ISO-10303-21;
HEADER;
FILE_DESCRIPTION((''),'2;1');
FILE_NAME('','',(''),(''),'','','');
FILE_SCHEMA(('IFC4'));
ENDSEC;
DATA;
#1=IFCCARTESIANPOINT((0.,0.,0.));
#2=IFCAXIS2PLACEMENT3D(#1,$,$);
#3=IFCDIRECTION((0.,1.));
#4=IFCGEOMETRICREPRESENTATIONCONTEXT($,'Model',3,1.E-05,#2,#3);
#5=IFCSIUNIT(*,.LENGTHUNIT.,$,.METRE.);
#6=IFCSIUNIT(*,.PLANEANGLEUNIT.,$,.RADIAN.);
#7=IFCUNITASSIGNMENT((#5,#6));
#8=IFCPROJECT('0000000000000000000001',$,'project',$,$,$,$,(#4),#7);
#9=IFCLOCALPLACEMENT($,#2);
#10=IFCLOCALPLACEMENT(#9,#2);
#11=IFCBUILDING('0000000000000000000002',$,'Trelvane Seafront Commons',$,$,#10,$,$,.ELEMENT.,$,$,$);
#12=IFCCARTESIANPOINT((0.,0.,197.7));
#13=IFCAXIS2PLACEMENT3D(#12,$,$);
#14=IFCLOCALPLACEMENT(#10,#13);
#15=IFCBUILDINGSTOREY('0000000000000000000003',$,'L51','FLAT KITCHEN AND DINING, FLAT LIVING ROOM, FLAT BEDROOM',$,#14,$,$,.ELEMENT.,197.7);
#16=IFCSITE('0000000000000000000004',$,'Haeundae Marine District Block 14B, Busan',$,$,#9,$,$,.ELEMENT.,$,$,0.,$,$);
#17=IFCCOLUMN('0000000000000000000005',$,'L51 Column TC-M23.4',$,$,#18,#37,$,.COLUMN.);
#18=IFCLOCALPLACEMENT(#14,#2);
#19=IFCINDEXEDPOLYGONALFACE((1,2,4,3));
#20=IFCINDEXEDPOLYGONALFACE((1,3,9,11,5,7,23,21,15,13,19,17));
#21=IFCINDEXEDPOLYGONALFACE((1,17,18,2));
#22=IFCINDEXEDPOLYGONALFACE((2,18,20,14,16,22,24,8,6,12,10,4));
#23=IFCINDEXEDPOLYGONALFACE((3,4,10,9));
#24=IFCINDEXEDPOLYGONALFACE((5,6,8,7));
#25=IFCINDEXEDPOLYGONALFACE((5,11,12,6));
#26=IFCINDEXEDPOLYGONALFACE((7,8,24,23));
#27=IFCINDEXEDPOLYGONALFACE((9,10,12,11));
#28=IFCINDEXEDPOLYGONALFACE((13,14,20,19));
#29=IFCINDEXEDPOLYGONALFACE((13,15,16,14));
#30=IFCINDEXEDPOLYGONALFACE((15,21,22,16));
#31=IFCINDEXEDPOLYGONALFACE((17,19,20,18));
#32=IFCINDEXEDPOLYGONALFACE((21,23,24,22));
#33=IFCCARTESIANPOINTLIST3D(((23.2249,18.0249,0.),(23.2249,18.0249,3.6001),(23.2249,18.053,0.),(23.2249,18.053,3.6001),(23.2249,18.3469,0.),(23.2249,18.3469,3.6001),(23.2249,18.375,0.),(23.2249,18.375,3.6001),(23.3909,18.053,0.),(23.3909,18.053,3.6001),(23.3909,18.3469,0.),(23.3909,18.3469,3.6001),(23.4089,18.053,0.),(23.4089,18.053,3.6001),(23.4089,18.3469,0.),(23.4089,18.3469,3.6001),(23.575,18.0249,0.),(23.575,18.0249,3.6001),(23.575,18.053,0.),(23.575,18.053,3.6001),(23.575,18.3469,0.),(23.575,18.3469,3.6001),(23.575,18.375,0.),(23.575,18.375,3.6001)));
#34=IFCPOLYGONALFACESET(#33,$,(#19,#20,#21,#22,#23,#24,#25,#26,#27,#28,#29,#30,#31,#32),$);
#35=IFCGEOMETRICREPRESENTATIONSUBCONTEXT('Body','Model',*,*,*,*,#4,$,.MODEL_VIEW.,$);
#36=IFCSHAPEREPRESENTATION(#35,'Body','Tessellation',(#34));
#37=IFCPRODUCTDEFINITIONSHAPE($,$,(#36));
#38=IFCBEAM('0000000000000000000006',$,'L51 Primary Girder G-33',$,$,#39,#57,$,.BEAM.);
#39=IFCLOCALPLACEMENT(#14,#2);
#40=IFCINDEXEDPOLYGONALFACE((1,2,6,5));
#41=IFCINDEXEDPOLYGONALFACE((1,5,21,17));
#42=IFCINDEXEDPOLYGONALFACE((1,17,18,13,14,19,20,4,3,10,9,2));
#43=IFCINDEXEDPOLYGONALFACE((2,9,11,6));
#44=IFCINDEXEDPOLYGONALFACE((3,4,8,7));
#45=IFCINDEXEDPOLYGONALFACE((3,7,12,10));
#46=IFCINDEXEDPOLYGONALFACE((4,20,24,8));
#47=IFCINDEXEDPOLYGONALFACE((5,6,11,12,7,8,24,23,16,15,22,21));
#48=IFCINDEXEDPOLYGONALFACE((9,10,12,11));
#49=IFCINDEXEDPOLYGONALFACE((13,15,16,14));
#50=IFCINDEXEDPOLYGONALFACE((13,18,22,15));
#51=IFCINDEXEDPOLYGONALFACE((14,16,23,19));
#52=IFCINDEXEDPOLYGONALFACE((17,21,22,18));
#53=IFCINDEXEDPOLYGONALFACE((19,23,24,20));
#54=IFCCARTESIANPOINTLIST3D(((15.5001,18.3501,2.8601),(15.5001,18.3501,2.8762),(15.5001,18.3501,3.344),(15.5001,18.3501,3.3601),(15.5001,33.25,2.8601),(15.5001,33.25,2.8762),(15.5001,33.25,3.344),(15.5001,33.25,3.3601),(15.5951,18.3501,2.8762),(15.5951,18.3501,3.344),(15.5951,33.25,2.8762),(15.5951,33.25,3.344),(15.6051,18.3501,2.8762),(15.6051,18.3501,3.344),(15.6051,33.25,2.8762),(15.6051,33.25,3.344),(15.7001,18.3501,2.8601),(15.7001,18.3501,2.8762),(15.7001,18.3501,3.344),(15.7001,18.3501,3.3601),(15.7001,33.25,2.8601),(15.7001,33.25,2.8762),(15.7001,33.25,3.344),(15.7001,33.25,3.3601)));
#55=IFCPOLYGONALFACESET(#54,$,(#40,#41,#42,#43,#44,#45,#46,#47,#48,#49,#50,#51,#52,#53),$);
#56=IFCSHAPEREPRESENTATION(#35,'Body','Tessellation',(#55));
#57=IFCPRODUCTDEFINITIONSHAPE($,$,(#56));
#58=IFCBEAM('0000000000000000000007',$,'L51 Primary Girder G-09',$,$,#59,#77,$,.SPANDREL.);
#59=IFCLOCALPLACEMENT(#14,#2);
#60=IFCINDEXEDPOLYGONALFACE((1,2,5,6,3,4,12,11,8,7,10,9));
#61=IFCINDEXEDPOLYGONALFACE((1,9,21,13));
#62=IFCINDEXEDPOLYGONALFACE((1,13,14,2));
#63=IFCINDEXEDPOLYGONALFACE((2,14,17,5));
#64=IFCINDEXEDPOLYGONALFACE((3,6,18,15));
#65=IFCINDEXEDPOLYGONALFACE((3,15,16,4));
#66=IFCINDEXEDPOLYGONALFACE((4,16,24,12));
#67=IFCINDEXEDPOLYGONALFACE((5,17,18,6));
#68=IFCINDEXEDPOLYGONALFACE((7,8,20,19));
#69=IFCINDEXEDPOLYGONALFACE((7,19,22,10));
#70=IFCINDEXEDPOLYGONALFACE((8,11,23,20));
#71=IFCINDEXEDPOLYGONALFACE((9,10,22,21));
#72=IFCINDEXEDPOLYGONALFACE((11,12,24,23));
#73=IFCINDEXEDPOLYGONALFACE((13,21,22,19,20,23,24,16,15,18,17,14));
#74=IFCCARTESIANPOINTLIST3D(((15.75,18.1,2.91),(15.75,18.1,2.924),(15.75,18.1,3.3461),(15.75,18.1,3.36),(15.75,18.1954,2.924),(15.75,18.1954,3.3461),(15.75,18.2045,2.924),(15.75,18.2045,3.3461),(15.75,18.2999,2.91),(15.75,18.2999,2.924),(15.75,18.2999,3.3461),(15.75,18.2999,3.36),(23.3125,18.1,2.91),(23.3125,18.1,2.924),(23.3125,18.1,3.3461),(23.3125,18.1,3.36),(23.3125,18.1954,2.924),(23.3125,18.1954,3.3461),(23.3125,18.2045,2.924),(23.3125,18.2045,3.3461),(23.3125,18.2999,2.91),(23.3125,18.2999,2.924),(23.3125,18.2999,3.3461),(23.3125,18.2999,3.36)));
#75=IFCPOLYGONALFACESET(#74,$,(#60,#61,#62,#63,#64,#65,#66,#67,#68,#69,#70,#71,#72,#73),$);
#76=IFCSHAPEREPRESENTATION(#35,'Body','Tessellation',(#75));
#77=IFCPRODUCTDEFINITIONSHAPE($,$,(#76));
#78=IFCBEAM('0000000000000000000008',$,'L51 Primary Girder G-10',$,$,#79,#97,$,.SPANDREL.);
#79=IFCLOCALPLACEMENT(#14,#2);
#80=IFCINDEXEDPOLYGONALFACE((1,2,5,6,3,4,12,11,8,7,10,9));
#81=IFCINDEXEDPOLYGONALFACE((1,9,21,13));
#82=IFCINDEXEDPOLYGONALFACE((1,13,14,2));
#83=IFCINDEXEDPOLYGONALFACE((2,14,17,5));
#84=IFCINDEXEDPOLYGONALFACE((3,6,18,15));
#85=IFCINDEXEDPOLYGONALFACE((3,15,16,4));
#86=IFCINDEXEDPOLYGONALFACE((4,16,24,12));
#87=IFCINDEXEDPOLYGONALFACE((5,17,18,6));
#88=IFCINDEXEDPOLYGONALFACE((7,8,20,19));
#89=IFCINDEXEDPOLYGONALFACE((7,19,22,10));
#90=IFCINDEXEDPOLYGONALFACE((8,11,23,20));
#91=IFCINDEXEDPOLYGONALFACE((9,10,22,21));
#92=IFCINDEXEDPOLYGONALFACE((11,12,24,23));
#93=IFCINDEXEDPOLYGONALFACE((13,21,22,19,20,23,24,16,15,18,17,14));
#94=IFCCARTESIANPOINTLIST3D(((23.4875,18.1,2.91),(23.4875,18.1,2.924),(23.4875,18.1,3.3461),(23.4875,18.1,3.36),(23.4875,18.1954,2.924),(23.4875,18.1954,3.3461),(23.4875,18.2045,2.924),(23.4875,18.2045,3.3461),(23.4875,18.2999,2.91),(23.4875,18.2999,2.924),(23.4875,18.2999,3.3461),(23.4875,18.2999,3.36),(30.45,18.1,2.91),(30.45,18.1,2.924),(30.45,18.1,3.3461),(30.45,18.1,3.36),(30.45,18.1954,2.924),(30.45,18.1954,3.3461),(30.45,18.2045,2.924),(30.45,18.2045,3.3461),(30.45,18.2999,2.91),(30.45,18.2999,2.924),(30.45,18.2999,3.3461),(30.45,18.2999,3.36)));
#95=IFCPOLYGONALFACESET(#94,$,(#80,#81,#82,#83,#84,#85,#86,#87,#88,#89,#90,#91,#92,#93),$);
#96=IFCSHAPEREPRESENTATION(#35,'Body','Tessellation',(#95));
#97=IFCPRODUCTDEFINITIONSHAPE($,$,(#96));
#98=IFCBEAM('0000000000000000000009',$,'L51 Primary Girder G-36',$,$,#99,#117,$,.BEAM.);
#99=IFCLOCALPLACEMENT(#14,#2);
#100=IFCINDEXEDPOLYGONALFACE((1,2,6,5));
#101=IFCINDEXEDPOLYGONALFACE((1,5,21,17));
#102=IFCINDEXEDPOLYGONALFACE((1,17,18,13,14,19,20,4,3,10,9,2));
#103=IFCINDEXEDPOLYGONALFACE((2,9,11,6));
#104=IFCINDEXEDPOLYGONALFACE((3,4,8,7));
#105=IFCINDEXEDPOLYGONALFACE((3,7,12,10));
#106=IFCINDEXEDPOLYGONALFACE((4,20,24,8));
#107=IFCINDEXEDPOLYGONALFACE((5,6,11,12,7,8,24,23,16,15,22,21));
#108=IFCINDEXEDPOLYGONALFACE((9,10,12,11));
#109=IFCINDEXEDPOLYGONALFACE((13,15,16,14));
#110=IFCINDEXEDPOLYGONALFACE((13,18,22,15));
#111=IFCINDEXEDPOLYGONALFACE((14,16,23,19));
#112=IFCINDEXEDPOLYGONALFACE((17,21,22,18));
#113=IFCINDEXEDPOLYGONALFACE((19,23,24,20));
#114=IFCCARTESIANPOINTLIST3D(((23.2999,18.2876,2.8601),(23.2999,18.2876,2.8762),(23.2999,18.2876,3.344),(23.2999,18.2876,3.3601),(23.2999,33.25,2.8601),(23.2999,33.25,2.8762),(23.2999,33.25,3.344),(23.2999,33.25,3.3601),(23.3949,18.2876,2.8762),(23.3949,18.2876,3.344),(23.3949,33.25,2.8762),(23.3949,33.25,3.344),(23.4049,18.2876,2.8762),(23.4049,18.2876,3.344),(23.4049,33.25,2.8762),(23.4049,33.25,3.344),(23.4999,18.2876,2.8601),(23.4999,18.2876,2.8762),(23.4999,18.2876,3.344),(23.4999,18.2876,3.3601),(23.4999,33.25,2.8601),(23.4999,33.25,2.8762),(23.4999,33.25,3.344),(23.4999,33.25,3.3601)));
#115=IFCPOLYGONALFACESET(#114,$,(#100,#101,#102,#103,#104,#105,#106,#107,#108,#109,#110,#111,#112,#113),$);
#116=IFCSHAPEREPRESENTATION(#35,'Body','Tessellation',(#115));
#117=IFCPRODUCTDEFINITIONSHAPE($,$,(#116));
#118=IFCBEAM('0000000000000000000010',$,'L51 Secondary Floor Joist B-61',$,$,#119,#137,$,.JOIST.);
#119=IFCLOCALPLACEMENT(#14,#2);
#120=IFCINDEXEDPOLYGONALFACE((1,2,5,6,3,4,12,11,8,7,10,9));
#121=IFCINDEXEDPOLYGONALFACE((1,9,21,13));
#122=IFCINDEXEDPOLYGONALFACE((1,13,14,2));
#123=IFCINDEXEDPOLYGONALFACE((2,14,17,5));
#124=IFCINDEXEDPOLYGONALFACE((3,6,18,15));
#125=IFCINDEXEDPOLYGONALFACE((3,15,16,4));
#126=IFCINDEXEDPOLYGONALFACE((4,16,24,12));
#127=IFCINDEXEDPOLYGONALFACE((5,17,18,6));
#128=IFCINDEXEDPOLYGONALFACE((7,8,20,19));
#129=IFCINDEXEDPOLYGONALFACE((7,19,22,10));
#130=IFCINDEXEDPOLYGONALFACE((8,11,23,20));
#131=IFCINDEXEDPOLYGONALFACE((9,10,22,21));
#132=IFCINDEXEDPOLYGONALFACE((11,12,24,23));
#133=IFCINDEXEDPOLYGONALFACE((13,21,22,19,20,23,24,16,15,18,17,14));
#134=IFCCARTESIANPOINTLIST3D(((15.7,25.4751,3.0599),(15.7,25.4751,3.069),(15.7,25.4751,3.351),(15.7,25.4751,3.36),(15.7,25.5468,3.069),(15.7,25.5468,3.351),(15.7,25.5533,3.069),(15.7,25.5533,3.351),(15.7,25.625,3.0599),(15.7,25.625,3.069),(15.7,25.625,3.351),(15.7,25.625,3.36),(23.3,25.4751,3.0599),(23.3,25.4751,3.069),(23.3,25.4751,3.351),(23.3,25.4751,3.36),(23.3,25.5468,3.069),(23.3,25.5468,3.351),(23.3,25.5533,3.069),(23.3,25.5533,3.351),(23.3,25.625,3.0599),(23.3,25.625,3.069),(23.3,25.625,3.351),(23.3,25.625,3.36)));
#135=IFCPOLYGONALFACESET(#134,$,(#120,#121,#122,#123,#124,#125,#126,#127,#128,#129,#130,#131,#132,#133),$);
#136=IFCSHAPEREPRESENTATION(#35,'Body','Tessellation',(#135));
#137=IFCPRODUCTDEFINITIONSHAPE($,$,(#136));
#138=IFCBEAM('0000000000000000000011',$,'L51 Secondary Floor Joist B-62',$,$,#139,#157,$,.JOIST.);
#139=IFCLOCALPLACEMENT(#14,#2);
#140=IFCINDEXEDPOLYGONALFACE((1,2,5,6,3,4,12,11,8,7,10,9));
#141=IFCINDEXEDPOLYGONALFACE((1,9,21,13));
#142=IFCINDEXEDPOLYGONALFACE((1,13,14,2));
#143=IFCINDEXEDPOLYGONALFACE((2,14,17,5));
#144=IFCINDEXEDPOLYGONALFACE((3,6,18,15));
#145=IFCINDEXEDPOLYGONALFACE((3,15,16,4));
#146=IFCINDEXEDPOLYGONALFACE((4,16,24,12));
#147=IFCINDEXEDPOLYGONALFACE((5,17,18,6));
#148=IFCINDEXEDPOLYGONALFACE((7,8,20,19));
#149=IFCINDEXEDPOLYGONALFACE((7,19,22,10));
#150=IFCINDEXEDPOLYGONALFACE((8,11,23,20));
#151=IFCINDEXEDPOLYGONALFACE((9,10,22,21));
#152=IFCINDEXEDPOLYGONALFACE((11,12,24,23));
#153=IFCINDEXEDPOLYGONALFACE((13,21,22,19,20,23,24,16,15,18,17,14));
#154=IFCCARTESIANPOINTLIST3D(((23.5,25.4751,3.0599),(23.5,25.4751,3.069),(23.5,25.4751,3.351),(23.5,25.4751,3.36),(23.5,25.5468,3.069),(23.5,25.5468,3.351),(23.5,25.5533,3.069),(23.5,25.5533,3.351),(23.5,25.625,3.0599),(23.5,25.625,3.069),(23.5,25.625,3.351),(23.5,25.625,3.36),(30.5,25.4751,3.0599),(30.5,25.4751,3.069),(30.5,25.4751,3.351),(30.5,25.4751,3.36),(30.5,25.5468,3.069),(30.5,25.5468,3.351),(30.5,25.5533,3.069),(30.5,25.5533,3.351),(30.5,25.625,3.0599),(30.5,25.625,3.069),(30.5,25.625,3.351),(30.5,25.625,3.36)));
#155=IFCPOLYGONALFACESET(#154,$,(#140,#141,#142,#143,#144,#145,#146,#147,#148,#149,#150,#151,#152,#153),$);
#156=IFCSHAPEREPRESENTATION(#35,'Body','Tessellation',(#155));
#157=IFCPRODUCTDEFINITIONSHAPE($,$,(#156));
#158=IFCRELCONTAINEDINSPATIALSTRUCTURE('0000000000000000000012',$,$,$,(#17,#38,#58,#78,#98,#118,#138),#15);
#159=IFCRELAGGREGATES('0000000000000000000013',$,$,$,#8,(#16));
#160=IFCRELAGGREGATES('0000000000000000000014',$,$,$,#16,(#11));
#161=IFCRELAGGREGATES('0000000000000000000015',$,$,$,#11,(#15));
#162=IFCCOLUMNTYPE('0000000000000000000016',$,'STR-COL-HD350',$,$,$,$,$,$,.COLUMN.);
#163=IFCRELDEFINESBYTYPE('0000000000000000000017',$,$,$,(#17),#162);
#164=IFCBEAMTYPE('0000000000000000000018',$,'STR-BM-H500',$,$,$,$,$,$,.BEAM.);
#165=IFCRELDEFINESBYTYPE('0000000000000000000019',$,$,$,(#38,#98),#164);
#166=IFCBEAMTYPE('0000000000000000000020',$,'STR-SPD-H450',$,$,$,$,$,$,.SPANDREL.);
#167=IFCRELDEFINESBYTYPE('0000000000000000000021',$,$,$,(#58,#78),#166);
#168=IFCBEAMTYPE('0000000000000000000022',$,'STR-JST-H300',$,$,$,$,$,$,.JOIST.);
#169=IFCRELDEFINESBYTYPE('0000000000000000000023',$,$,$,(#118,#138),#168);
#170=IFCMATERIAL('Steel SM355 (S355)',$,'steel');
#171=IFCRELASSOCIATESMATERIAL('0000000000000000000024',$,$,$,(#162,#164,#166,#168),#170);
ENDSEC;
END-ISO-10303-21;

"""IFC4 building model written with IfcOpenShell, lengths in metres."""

from ifc_helpers import new_model, si_unit, direction, frame, origin, origin_2d, place, context, subcontext, project, spatial, i_section, extrude, source, transform, mapped, material, material_profile, profile_set, type_object, element, save


model = new_model("IFC4")

# Units and contexts
model_context = context("Model", 3, precision=1e-05, world=origin(), true_north=direction((0.0, 1.0)))
body_context = subcontext(model_context, "Body", "Model", "MODEL_VIEW")
ifc_project = project(units=[si_unit("LENGTHUNIT", "METRE"), si_unit("PLANEANGLEUNIT", "RADIAN")], contexts=[model_context])

# Site, building, storey
site_placement = place(None, origin())
site = spatial("IfcSite", under=ifc_project, at=site_placement, Name="Haeundae Marine District Block 14B, Busan", CompositionType="ELEMENT", RefElevation=0.0)
building_placement = place(site_placement, origin())
building = spatial("IfcBuilding", under=site, at=building_placement, Name="Trelvane Seafront Commons", CompositionType="ELEMENT")
storey_placement = place(building_placement, frame((0.0, 0.0, 197.7)))
storey = spatial("IfcBuildingStorey", under=building, at=storey_placement, Name="L51", Description="FLAT KITCHEN AND DINING, FLAT LIVING ROOM, FLAT BEDROOM", CompositionType="ELEMENT", Elevation=197.7)

# Column
ifc_material_1 = material(Name="Steel SM355 (S355)", Category="steel")
ifc_material_profile_1 = material_profile(ifc_material_1, i_section(OverallWidth=0.3501, OverallDepth=0.3501, WebThickness=0.0181, FlangeThickness=0.0281, at=origin_2d()), Name="HD-350x350x18x28")
ifc_profile_set_1 = profile_set([ifc_material_profile_1], Name="Steel SM355 (S355)")
column_type = type_object("IfcColumnType", Name="STR-COL-HD350", PredefinedType="COLUMN", material=ifc_profile_set_1)
shared_shape_1 = source(origin(), body_context, "Body", "SweptSolid", [
    extrude(i_section(OverallWidth=0.3501, OverallDepth=0.3501, WebThickness=0.0181, FlangeThickness=0.0281, at=origin_2d()), origin(), (0.0, 0.0, 1.0), 3.6001),
])
column_placement = place(storey_placement, frame((23.3999, 18.2, 0.0), z_axis=(0.0, 0.0, 1.0), x_axis=(1.0, 0.0, 0.0)))
element("IfcColumn", 1, at=column_placement, inside=storey, type_object=column_type, Name="L51 Column TC-M23.4", PredefinedType="COLUMN", context=body_context, shape_type="MappedRepresentation", body=[
    mapped(shared_shape_1, transform((0.0, 0.0, 0.0), x_axis=(1.0, 0.0, 0.0), y_axis=(0.0, 1.0, 0.0), z_axis=(0.0, 0.0, 1.0), scale=1.0)),
])

# Beams
ifc_material_profile_2 = material_profile(ifc_material_1, i_section(OverallWidth=0.2, OverallDepth=0.5, WebThickness=0.01, FlangeThickness=0.0161, at=origin_2d()), Name="H-500x200x10x16")
ifc_profile_set_2 = profile_set([ifc_material_profile_2], Name="Steel SM355 (S355)")
beam_type_1 = type_object("IfcBeamType", Name="STR-BM-H500", PredefinedType="BEAM", material=ifc_profile_set_2)
shared_shape_2 = source(origin(), body_context, "Body", "SweptSolid", [
    extrude(i_section(OverallWidth=0.2, OverallDepth=0.5, WebThickness=0.01, FlangeThickness=0.0161, at=origin_2d()), origin(), (0.0, 0.0, 1.0), 14.8999),
])
beam_1_placement = place(storey_placement, frame((15.6001, 18.3501, 3.1101), z_axis=(0.0, 1.0, 0.0), x_axis=(-1.0, 0.0, 0.0)))
element("IfcBeam", 2, at=beam_1_placement, inside=storey, type_object=beam_type_1, Name="L51 Primary Girder G-33", PredefinedType="BEAM", context=body_context, shape_type="MappedRepresentation", body=[
    mapped(shared_shape_2, transform((0.0, 0.0, 0.0), x_axis=(1.0, 0.0, 0.0), y_axis=(0.0, 1.0, 0.0), z_axis=(0.0, 0.0, 1.0), scale=1.0)),
])
ifc_material_profile_3 = material_profile(ifc_material_1, i_section(OverallWidth=0.2, OverallDepth=0.45, WebThickness=0.009, FlangeThickness=0.0139, at=origin_2d()), Name="H-450x200x9x14")
ifc_profile_set_3 = profile_set([ifc_material_profile_3], Name="Steel SM355 (S355)")
beam_type_2 = type_object("IfcBeamType", Name="STR-SPD-H450", PredefinedType="SPANDREL", material=ifc_profile_set_3)
shared_shape_3 = source(origin(), body_context, "Body", "SweptSolid", [
    extrude(i_section(OverallWidth=0.2, OverallDepth=0.45, WebThickness=0.009, FlangeThickness=0.0139, at=origin_2d()), origin(), (0.0, 0.0, 1.0), 7.5625),
])
beam_2_placement = place(storey_placement, frame((15.75, 18.2, 3.135), z_axis=(1.0, 0.0, 0.0), x_axis=(0.0, 1.0, 0.0)))
element("IfcBeam", 3, at=beam_2_placement, inside=storey, type_object=beam_type_2, Name="L51 Primary Girder G-09", PredefinedType="SPANDREL", context=body_context, shape_type="MappedRepresentation", body=[
    mapped(shared_shape_3, transform((0.0, 0.0, 0.0), x_axis=(1.0, 0.0, 0.0), y_axis=(0.0, 1.0, 0.0), z_axis=(0.0, 0.0, 1.0), scale=1.0)),
])
shared_shape_4 = source(origin(), body_context, "Body", "SweptSolid", [
    extrude(i_section(OverallWidth=0.2, OverallDepth=0.45, WebThickness=0.009, FlangeThickness=0.0139, at=origin_2d()), origin(), (0.0, 0.0, 1.0), 6.9624),
])
beam_3_placement = place(storey_placement, frame((23.4875, 18.2, 3.135), z_axis=(1.0, 0.0, 0.0), x_axis=(0.0, 1.0, 0.0)))
element("IfcBeam", 4, at=beam_3_placement, inside=storey, type_object=beam_type_2, Name="L51 Primary Girder G-10", PredefinedType="SPANDREL", context=body_context, shape_type="MappedRepresentation", body=[
    mapped(shared_shape_4, transform((0.0, 0.0, 0.0), x_axis=(1.0, 0.0, 0.0), y_axis=(0.0, 1.0, 0.0), z_axis=(0.0, 0.0, 1.0), scale=1.0)),
])
shared_shape_5 = source(origin(), body_context, "Body", "SweptSolid", [
    extrude(i_section(OverallWidth=0.2, OverallDepth=0.5, WebThickness=0.01, FlangeThickness=0.0161, at=origin_2d()), origin(), (0.0, 0.0, 1.0), 14.9624),
])
beam_4_placement = place(storey_placement, frame((23.3999, 18.2876, 3.1101), z_axis=(0.0, 1.0, 0.0), x_axis=(-1.0, 0.0, 0.0)))
element("IfcBeam", 5, at=beam_4_placement, inside=storey, type_object=beam_type_1, Name="L51 Primary Girder G-36", PredefinedType="BEAM", context=body_context, shape_type="MappedRepresentation", body=[
    mapped(shared_shape_5, transform((0.0, 0.0, 0.0), x_axis=(1.0, 0.0, 0.0), y_axis=(0.0, 1.0, 0.0), z_axis=(0.0, 0.0, 1.0), scale=1.0)),
])
ifc_material_profile_4 = material_profile(ifc_material_1, i_section(OverallWidth=0.1499, OverallDepth=0.3, WebThickness=0.0066, FlangeThickness=0.009, at=origin_2d()), Name="H-300x150x6.5x9")
ifc_profile_set_4 = profile_set([ifc_material_profile_4], Name="Steel SM355 (S355)")
beam_type_3 = type_object("IfcBeamType", Name="STR-JST-H300", PredefinedType="JOIST", material=ifc_profile_set_4)
shared_shape_6 = source(origin(), body_context, "Body", "SweptSolid", [
    extrude(i_section(OverallWidth=0.1499, OverallDepth=0.3, WebThickness=0.0066, FlangeThickness=0.009, at=origin_2d()), origin(), (0.0, 0.0, 1.0), 7.6001),
])
beam_5_placement = place(storey_placement, frame((15.7, 25.55, 3.21), z_axis=(1.0, 0.0, 0.0), x_axis=(0.0, 1.0, 0.0)))
element("IfcBeam", 6, at=beam_5_placement, inside=storey, type_object=beam_type_3, Name="L51 Secondary Floor Joist B-61", PredefinedType="JOIST", context=body_context, shape_type="MappedRepresentation", body=[
    mapped(shared_shape_6, transform((0.0, 0.0, 0.0), x_axis=(1.0, 0.0, 0.0), y_axis=(0.0, 1.0, 0.0), z_axis=(0.0, 0.0, 1.0), scale=1.0)),
])
shared_shape_7 = source(origin(), body_context, "Body", "SweptSolid", [
    extrude(i_section(OverallWidth=0.1499, OverallDepth=0.3, WebThickness=0.0066, FlangeThickness=0.009, at=origin_2d()), origin(), (0.0, 0.0, 1.0), 7.0),
])
beam_6_placement = place(storey_placement, frame((23.5, 25.55, 3.21), z_axis=(1.0, 0.0, 0.0), x_axis=(0.0, 1.0, 0.0)))
element("IfcBeam", 7, at=beam_6_placement, inside=storey, type_object=beam_type_3, Name="L51 Secondary Floor Joist B-62", PredefinedType="JOIST", context=body_context, shape_type="MappedRepresentation", body=[
    mapped(shared_shape_7, transform((0.0, 0.0, 0.0), x_axis=(1.0, 0.0, 0.0), y_axis=(0.0, 1.0, 0.0), z_axis=(0.0, 0.0, 1.0), scale=1.0)),
])

save(model, "model.ifc")
